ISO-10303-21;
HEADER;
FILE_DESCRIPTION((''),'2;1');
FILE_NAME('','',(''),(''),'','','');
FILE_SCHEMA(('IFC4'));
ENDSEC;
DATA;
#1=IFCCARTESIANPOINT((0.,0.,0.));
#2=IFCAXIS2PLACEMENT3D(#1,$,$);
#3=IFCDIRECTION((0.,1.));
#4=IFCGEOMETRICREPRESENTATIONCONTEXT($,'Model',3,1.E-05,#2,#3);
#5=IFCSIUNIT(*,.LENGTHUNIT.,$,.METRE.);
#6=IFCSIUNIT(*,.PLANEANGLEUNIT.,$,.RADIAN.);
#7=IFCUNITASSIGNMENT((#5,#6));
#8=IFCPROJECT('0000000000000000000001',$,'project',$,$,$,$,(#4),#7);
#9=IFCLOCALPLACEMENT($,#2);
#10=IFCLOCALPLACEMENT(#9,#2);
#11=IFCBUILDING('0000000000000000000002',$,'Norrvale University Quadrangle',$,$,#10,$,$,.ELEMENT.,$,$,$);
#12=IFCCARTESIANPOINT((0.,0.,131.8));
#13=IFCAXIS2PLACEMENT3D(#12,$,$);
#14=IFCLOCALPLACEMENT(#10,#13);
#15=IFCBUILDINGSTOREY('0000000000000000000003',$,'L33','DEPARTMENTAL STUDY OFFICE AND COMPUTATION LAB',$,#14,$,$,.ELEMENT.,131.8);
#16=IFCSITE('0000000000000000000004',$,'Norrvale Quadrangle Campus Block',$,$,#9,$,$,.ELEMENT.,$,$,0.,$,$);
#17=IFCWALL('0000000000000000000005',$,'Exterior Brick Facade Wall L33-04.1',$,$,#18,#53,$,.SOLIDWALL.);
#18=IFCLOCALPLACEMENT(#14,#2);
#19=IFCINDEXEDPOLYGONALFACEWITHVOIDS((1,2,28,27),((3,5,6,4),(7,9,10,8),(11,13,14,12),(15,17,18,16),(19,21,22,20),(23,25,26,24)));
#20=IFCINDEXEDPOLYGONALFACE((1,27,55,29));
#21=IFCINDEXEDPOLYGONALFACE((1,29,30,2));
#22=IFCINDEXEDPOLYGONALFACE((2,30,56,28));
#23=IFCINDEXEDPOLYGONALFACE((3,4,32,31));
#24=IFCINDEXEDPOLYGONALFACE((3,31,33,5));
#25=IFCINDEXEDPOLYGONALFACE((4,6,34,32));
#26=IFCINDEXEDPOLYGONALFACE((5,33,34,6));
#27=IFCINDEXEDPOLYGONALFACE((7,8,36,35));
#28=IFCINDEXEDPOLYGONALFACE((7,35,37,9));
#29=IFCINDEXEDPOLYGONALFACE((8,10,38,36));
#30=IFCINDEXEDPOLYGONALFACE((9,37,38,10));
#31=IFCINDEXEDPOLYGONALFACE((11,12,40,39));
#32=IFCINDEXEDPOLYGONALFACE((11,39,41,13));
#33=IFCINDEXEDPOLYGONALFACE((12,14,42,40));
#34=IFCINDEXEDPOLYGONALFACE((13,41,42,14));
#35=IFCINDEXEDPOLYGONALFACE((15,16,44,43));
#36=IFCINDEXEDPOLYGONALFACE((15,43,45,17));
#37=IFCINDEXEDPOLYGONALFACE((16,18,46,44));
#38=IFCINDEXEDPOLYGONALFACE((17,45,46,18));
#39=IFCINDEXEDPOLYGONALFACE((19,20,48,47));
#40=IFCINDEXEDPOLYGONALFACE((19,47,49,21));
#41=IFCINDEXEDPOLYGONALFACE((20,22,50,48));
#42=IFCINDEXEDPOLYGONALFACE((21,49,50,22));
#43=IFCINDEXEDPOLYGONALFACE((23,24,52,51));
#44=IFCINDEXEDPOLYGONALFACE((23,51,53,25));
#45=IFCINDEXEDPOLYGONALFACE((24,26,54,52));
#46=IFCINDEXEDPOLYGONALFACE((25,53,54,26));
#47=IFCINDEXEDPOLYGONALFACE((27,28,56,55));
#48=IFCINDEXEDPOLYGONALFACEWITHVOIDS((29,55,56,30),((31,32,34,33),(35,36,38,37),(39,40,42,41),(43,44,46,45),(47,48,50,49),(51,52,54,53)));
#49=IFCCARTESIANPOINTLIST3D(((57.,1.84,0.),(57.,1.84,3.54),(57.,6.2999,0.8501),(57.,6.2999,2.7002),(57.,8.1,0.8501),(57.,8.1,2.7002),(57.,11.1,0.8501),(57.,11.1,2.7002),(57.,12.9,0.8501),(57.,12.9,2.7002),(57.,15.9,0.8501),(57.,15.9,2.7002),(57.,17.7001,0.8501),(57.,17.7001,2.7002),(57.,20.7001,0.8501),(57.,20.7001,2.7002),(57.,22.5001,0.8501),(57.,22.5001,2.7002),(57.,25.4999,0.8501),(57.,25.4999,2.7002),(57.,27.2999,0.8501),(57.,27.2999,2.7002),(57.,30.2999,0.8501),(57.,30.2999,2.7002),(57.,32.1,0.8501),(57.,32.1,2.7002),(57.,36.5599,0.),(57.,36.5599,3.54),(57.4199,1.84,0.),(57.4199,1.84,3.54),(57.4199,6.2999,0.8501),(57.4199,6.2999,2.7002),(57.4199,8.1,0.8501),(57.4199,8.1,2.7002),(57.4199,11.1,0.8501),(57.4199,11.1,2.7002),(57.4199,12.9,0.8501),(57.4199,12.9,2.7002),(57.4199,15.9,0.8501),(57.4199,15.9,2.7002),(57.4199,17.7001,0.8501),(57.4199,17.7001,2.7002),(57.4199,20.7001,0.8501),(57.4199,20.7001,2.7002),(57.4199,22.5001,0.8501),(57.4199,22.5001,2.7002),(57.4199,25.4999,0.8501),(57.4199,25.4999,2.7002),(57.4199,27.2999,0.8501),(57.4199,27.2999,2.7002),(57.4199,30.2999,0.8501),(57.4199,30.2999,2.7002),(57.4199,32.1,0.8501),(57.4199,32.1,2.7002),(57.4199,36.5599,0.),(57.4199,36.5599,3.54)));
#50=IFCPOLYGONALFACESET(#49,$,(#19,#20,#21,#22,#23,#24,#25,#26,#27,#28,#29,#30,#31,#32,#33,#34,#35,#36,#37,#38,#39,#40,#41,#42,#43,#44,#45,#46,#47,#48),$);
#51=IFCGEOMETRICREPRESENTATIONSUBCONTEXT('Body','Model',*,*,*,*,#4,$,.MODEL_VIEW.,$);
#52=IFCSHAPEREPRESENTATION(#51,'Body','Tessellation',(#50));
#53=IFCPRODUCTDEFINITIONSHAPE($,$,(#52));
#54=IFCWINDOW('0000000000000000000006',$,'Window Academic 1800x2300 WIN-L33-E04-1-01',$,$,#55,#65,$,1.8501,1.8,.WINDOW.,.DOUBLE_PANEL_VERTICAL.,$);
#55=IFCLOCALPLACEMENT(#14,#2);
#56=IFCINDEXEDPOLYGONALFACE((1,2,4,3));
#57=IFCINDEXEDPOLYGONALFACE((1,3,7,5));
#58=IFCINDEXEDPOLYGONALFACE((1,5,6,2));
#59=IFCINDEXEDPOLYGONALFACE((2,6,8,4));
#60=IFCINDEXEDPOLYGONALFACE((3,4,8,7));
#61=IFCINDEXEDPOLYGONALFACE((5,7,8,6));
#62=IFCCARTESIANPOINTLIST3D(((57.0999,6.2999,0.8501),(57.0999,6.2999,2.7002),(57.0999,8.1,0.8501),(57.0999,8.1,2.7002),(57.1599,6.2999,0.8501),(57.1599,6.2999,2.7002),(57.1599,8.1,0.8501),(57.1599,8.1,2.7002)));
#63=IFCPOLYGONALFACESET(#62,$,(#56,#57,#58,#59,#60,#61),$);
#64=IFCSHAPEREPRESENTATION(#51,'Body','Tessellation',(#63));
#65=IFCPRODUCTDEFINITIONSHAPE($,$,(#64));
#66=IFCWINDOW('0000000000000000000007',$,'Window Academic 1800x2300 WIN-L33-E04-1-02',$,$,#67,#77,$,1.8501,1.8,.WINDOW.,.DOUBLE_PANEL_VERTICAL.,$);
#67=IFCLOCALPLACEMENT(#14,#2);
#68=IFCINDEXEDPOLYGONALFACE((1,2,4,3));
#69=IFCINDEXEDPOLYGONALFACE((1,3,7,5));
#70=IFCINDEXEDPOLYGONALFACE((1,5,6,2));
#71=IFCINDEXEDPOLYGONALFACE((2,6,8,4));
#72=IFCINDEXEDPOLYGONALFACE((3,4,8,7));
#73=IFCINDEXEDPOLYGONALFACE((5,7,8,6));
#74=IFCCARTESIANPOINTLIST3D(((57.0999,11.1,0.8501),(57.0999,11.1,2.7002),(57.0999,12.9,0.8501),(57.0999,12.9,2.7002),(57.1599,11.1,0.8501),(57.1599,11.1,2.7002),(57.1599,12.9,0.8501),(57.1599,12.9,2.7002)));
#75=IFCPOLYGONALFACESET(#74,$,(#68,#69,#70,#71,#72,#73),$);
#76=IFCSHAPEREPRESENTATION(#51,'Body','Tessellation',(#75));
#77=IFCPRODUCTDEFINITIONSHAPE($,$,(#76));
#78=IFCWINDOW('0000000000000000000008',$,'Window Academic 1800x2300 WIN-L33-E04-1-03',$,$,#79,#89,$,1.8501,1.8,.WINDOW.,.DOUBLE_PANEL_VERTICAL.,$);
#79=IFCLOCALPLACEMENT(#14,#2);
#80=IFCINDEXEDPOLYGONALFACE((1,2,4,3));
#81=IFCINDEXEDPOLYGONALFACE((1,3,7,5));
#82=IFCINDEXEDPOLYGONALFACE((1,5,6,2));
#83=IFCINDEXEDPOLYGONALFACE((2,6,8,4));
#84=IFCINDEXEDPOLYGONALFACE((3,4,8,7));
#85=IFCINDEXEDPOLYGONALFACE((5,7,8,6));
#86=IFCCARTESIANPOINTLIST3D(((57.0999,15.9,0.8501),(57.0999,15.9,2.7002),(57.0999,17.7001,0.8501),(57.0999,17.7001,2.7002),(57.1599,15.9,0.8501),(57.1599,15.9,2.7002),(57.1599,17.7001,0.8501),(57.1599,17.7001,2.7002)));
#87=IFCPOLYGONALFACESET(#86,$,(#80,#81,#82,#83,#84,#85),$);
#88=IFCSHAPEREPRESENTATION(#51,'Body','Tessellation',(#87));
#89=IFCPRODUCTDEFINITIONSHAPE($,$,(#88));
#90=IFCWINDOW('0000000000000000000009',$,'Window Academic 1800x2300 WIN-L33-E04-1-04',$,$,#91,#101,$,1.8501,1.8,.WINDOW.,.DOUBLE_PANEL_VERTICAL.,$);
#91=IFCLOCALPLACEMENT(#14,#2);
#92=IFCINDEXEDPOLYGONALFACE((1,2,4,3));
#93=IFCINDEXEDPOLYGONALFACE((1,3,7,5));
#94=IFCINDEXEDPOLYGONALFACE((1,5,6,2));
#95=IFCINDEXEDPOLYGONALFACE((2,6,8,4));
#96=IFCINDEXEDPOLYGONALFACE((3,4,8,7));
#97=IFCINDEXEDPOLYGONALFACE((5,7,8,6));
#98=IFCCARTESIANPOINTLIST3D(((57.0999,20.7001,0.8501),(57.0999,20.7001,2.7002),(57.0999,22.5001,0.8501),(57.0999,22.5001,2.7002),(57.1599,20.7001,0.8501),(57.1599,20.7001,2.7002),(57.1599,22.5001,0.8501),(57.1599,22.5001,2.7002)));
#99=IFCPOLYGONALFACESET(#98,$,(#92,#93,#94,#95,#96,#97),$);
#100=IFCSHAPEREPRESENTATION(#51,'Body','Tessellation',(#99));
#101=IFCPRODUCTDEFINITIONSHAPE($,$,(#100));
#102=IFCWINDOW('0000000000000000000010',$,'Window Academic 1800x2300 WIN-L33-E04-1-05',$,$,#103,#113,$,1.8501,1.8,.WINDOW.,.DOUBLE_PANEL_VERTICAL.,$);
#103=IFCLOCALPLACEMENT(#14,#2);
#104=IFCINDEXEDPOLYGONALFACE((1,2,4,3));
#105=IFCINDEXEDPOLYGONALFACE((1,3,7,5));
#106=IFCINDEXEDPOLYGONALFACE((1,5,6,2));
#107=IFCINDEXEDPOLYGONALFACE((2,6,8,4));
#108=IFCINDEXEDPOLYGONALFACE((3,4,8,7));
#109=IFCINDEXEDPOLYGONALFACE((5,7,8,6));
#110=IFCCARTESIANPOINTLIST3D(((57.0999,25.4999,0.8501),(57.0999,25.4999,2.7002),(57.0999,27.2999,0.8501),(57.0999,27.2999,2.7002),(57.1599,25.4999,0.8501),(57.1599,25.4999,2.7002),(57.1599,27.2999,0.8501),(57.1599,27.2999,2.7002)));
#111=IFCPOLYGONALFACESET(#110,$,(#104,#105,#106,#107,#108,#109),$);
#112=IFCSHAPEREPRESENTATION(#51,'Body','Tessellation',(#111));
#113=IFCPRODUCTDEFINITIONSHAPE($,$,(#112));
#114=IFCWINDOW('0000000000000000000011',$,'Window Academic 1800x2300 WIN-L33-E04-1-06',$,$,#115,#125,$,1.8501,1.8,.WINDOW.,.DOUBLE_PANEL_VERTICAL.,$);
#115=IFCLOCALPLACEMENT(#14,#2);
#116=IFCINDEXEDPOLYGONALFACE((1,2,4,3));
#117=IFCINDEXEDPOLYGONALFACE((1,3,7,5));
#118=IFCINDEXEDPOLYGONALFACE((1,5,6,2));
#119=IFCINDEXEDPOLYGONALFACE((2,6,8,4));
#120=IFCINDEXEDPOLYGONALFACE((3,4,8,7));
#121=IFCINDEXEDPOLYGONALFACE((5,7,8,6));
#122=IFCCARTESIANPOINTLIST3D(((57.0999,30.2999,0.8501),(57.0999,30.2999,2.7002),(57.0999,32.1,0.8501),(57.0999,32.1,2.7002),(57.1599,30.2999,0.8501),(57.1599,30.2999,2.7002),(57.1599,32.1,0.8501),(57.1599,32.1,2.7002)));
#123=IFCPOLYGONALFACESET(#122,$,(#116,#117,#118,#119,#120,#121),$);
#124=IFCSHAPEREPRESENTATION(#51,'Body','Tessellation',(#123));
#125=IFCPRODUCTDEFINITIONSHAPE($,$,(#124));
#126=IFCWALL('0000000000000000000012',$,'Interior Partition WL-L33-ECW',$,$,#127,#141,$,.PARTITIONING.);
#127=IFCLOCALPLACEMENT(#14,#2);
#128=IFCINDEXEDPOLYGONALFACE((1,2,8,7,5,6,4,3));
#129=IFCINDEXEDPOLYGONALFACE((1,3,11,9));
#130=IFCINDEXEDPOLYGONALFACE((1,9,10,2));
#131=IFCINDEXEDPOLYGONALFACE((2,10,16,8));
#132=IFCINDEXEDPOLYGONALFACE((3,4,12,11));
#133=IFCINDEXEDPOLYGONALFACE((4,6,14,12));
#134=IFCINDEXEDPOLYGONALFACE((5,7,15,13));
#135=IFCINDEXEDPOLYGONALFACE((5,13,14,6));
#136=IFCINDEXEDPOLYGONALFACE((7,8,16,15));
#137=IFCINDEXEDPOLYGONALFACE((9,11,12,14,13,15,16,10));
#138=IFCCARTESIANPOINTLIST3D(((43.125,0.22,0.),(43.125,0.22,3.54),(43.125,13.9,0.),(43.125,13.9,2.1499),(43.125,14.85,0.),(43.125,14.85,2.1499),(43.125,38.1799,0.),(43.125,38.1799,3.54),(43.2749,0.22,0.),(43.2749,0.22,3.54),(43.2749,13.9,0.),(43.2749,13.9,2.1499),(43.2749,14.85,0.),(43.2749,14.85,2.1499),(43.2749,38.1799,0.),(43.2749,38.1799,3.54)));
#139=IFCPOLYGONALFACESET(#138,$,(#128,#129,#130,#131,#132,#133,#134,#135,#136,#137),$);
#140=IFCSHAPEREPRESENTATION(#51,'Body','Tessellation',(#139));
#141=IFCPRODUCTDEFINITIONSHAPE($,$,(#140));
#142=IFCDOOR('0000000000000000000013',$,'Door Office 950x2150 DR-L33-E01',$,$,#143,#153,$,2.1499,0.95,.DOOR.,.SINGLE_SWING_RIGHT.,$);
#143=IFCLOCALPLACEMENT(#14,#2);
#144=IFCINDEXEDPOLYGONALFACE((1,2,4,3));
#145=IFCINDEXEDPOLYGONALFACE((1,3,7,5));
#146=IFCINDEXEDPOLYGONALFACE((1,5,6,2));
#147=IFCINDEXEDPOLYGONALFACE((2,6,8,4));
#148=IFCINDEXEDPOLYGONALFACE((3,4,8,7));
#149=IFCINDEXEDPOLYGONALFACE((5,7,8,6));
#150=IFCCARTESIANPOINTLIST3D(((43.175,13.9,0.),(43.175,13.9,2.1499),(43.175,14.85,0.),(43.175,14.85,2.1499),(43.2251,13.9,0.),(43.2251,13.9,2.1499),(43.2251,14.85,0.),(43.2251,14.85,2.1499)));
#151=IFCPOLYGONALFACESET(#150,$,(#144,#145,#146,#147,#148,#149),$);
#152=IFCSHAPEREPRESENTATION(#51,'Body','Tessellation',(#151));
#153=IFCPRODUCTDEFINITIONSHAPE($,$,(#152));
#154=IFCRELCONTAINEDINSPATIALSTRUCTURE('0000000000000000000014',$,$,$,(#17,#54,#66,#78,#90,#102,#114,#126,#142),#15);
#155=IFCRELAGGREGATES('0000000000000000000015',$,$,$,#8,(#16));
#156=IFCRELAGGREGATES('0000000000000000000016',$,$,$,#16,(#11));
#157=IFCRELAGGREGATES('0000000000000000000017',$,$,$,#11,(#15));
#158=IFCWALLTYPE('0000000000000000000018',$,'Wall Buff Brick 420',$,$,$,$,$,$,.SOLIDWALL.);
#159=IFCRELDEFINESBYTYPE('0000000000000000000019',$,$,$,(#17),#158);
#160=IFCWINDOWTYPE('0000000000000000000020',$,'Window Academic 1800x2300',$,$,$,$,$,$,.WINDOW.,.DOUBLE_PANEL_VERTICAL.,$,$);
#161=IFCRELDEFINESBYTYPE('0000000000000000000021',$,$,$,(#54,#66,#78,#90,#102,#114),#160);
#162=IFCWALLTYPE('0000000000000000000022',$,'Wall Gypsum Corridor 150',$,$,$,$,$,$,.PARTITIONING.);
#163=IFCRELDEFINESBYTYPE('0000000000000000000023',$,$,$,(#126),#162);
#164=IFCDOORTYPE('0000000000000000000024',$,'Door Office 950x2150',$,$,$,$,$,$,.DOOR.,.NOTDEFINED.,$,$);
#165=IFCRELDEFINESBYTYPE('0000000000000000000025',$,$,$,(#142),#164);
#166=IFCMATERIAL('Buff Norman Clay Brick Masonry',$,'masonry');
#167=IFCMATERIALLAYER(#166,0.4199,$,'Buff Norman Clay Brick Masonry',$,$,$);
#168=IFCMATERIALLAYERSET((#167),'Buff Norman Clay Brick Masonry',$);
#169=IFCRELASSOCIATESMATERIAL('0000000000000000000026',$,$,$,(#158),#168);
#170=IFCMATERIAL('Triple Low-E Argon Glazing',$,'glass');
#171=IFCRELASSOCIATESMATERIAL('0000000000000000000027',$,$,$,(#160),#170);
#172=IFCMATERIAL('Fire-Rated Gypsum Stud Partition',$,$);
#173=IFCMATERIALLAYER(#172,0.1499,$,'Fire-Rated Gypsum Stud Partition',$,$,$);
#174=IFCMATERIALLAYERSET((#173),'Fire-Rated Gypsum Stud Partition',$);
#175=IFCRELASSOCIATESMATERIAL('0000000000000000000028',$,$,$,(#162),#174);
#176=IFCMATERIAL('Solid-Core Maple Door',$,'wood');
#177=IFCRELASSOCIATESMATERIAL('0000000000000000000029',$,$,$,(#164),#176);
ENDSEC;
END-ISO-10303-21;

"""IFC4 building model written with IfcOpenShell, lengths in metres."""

from ifc_helpers import new_model, si_unit, direction, frame, frame_2d, origin, place, context, subcontext, project, spatial, rectangle, extrude, material, layer, layer_set, type_object, element, fill, save


model = new_model("IFC4")

# Units and contexts
model_context = context("Model", 3, precision=1e-05, world=origin(), true_north=direction((0.0, 1.0)))
body_context = subcontext(model_context, "Body", "Model", "MODEL_VIEW")
ifc_project = project(units=[si_unit("LENGTHUNIT", "METRE"), si_unit("PLANEANGLEUNIT", "RADIAN")], contexts=[model_context])

# Site, building, storey
site_placement = place(None, origin())
site = spatial("IfcSite", under=ifc_project, at=site_placement, Name="Norrvale Quadrangle Campus Block", CompositionType="ELEMENT", RefElevation=0.0)
building_placement = place(site_placement, origin())
building = spatial("IfcBuilding", under=site, at=building_placement, Name="Norrvale University Quadrangle", CompositionType="ELEMENT")
storey_placement = place(building_placement, frame((0.0, 0.0, 131.8)))
storey = spatial("IfcBuildingStorey", under=building, at=storey_placement, Name="L33", Description="DEPARTMENTAL STUDY OFFICE AND COMPUTATION LAB", CompositionType="ELEMENT", Elevation=131.8)

# Shared definitions
ifc_material_1 = material(Name="Buff Norman Clay Brick Masonry", Category="masonry")
ifc_layer_1 = layer(ifc_material_1, 0.4199, Name="Buff Norman Clay Brick Masonry")
ifc_layer_set_1 = layer_set([ifc_layer_1], Name="Buff Norman Clay Brick Masonry")
wall_type_1 = type_object("IfcWallType", Name="Wall Buff Brick 420", PredefinedType="SOLIDWALL", material=ifc_layer_set_1)

# Wall, openings, windows
wall_1_placement = place(storey_placement, frame((57.21, 1.8401, 0.0), z_axis=(0.0, 0.0, 1.0), x_axis=(0.0, 1.0, 0.0)))
wall_1 = element("IfcWall", 1, at=wall_1_placement, inside=storey, type_object=wall_type_1, Name="Exterior Brick Facade Wall L33-04.1", PredefinedType="SOLIDWALL", context=body_context, shape_type="SweptSolid", body=[
    extrude(rectangle(XDim=34.72, YDim=0.4199, at=frame_2d((17.3599, 0.0))), origin(), (0.0, 0.0, 1.0), 3.54),
])
opening_1_placement = place(wall_1_placement, frame((4.46, 0.0, 0.8501)))
opening_1 = element("IfcOpeningElement", 2, at=opening_1_placement, cuts=wall_1, PredefinedType="OPENING", context=body_context, shape_type="SweptSolid", body=[
    extrude(rectangle(XDim=1.8, YDim=1.8501, at=frame_2d((0.8999, 0.925))), frame((0.0, 0.2219, 0.0), z_axis=(0.0, -1.0, 0.0), x_axis=(1.0, 0.0, 0.0)), (0.0, 0.0, 1.0), 0.4438),
])
opening_2_placement = place(wall_1_placement, frame((9.26, 0.0, 0.8501)))
opening_2 = element("IfcOpeningElement", 3, at=opening_2_placement, cuts=wall_1, PredefinedType="OPENING", context=body_context, shape_type="SweptSolid", body=[
    extrude(rectangle(XDim=1.8, YDim=1.8501, at=frame_2d((0.8999, 0.925))), frame((0.0, 0.2219, 0.0), z_axis=(0.0, -1.0, 0.0), x_axis=(1.0, 0.0, 0.0)), (0.0, 0.0, 1.0), 0.4438),
])
opening_3_placement = place(wall_1_placement, frame((14.0601, 0.0, 0.8501)))
opening_3 = element("IfcOpeningElement", 4, at=opening_3_placement, cuts=wall_1, PredefinedType="OPENING", context=body_context, shape_type="SweptSolid", body=[
    extrude(rectangle(XDim=1.8, YDim=1.8501, at=frame_2d((0.8999, 0.925))), frame((0.0, 0.2219, 0.0), z_axis=(0.0, -1.0, 0.0), x_axis=(1.0, 0.0, 0.0)), (0.0, 0.0, 1.0), 0.4438),
])
opening_4_placement = place(wall_1_placement, frame((18.8601, 0.0, 0.8501)))
opening_4 = element("IfcOpeningElement", 5, at=opening_4_placement, cuts=wall_1, PredefinedType="OPENING", context=body_context, shape_type="SweptSolid", body=[
    extrude(rectangle(XDim=1.8, YDim=1.8501, at=frame_2d((0.8999, 0.925))), frame((0.0, 0.2219, 0.0), z_axis=(0.0, -1.0, 0.0), x_axis=(1.0, 0.0, 0.0)), (0.0, 0.0, 1.0), 0.4438),
])
opening_5_placement = place(wall_1_placement, frame((23.6599, 0.0, 0.8501)))
opening_5 = element("IfcOpeningElement", 6, at=opening_5_placement, cuts=wall_1, PredefinedType="OPENING", context=body_context, shape_type="SweptSolid", body=[
    extrude(rectangle(XDim=1.8, YDim=1.8501, at=frame_2d((0.8999, 0.925))), frame((0.0, 0.2219, 0.0), z_axis=(0.0, -1.0, 0.0), x_axis=(1.0, 0.0, 0.0)), (0.0, 0.0, 1.0), 0.4438),
])
opening_6_placement = place(wall_1_placement, frame((28.46, 0.0, 0.8501)))
opening_6 = element("IfcOpeningElement", 7, at=opening_6_placement, cuts=wall_1, PredefinedType="OPENING", context=body_context, shape_type="SweptSolid", body=[
    extrude(rectangle(XDim=1.8, YDim=1.8501, at=frame_2d((0.8999, 0.925))), frame((0.0, 0.2219, 0.0), z_axis=(0.0, -1.0, 0.0), x_axis=(1.0, 0.0, 0.0)), (0.0, 0.0, 1.0), 0.4438),
])
ifc_material_2 = material(Name="Triple Low-E Argon Glazing", Category="glass")
window_type = type_object("IfcWindowType", Name="Window Academic 1800x2300", PartitioningType="DOUBLE_PANEL_VERTICAL", PredefinedType="WINDOW", material=ifc_material_2)
window_1_placement = place(opening_1_placement, origin())
window_1 = element("IfcWindow", 8, at=window_1_placement, inside=storey, type_object=window_type, Name="Window Academic 1800x2300 WIN-L33-E04-1-01", OverallHeight=1.8501, OverallWidth=1.8, PartitioningType="DOUBLE_PANEL_VERTICAL", PredefinedType="WINDOW", context=body_context, shape_type="SweptSolid", body=[
    extrude(rectangle(XDim=1.8, YDim=1.8501, at=frame_2d((0.8999, 0.925))), frame((0.0, 0.1101, 0.0), z_axis=(0.0, -1.0, 0.0), x_axis=(1.0, 0.0, 0.0)), (0.0, 0.0, 1.0), 0.0601),
])
fill(opening_1, window_1)
window_2_placement = place(opening_2_placement, origin())
window_2 = element("IfcWindow", 9, at=window_2_placement, inside=storey, type_object=window_type, Name="Window Academic 1800x2300 WIN-L33-E04-1-02", OverallHeight=1.8501, OverallWidth=1.8, PartitioningType="DOUBLE_PANEL_VERTICAL", PredefinedType="WINDOW", context=body_context, shape_type="SweptSolid", body=[
    extrude(rectangle(XDim=1.8, YDim=1.8501, at=frame_2d((0.8999, 0.925))), frame((0.0, 0.1101, 0.0), z_axis=(0.0, -1.0, 0.0), x_axis=(1.0, 0.0, 0.0)), (0.0, 0.0, 1.0), 0.0601),
])
fill(opening_2, window_2)
window_3_placement = place(opening_3_placement, origin())
window_3 = element("IfcWindow", 10, at=window_3_placement, inside=storey, type_object=window_type, Name="Window Academic 1800x2300 WIN-L33-E04-1-03", OverallHeight=1.8501, OverallWidth=1.8, PartitioningType="DOUBLE_PANEL_VERTICAL", PredefinedType="WINDOW", context=body_context, shape_type="SweptSolid", body=[
    extrude(rectangle(XDim=1.8, YDim=1.8501, at=frame_2d((0.8999, 0.925))), frame((0.0, 0.1101, 0.0), z_axis=(0.0, -1.0, 0.0), x_axis=(1.0, 0.0, 0.0)), (0.0, 0.0, 1.0), 0.0601),
])
fill(opening_3, window_3)
window_4_placement = place(opening_4_placement, origin())
window_4 = element("IfcWindow", 11, at=window_4_placement, inside=storey, type_object=window_type, Name="Window Academic 1800x2300 WIN-L33-E04-1-04", OverallHeight=1.8501, OverallWidth=1.8, PartitioningType="DOUBLE_PANEL_VERTICAL", PredefinedType="WINDOW", context=body_context, shape_type="SweptSolid", body=[
    extrude(rectangle(XDim=1.8, YDim=1.8501, at=frame_2d((0.8999, 0.925))), frame((0.0, 0.1101, 0.0), z_axis=(0.0, -1.0, 0.0), x_axis=(1.0, 0.0, 0.0)), (0.0, 0.0, 1.0), 0.0601),
])
fill(opening_4, window_4)
window_5_placement = place(opening_5_placement, origin())
window_5 = element("IfcWindow", 12, at=window_5_placement, inside=storey, type_object=window_type, Name="Window Academic 1800x2300 WIN-L33-E04-1-05", OverallHeight=1.8501, OverallWidth=1.8, PartitioningType="DOUBLE_PANEL_VERTICAL", PredefinedType="WINDOW", context=body_context, shape_type="SweptSolid", body=[
    extrude(rectangle(XDim=1.8, YDim=1.8501, at=frame_2d((0.8999, 0.925))), frame((0.0, 0.1101, 0.0), z_axis=(0.0, -1.0, 0.0), x_axis=(1.0, 0.0, 0.0)), (0.0, 0.0, 1.0), 0.0601),
])
fill(opening_5, window_5)
window_6_placement = place(opening_6_placement, origin())
window_6 = element("IfcWindow", 13, at=window_6_placement, inside=storey, type_object=window_type, Name="Window Academic 1800x2300 WIN-L33-E04-1-06", OverallHeight=1.8501, OverallWidth=1.8, PartitioningType="DOUBLE_PANEL_VERTICAL", PredefinedType="WINDOW", context=body_context, shape_type="SweptSolid", body=[
    extrude(rectangle(XDim=1.8, YDim=1.8501, at=frame_2d((0.8999, 0.925))), frame((0.0, 0.1101, 0.0), z_axis=(0.0, -1.0, 0.0), x_axis=(1.0, 0.0, 0.0)), (0.0, 0.0, 1.0), 0.0601),
])
fill(opening_6, window_6)

# Wall, opening, door
ifc_material_3 = material(Name="Fire-Rated Gypsum Stud Partition")
ifc_layer_2 = layer(ifc_material_3, 0.1499, Name="Fire-Rated Gypsum Stud Partition")
ifc_layer_set_2 = layer_set([ifc_layer_2], Name="Fire-Rated Gypsum Stud Partition")
wall_type_2 = type_object("IfcWallType", Name="Wall Gypsum Corridor 150", PredefinedType="PARTITIONING", material=ifc_layer_set_2)
wall_2_placement = place(storey_placement, frame((43.2, 0.22, 0.0), z_axis=(0.0, 0.0, 1.0), x_axis=(0.0, 1.0, 0.0)))
wall_2 = element("IfcWall", 14, at=wall_2_placement, inside=storey, type_object=wall_type_2, Name="Interior Partition WL-L33-ECW", PredefinedType="PARTITIONING", context=body_context, shape_type="SweptSolid", body=[
    extrude(rectangle(XDim=37.96, YDim=0.1499, at=frame_2d((18.98, 0.0))), origin(), (0.0, 0.0, 1.0), 3.54),
])
opening_7_placement = place(wall_2_placement, frame((13.6799, 0.0, 0.0)))
opening_7 = element("IfcOpeningElement", 15, at=opening_7_placement, cuts=wall_2, PredefinedType="OPENING", context=body_context, shape_type="SweptSolid", body=[
    extrude(rectangle(XDim=0.95, YDim=2.1499, at=frame_2d((0.4751, 1.075))), frame((0.0, 0.0869, 0.0), z_axis=(0.0, -1.0, 0.0), x_axis=(1.0, 0.0, 0.0)), (0.0, 0.0, 1.0), 0.1738),
])
ifc_material_4 = material(Name="Solid-Core Maple Door", Category="wood")
door_type = type_object("IfcDoorType", Name="Door Office 950x2150", OperationType="NOTDEFINED", PredefinedType="DOOR", material=ifc_material_4)
door_placement = place(opening_7_placement, origin())
door = element("IfcDoor", 16, at=door_placement, inside=storey, type_object=door_type, Name="Door Office 950x2150 DR-L33-E01", OperationType="SINGLE_SWING_RIGHT", OverallHeight=2.1499, OverallWidth=0.95, PredefinedType="DOOR", context=body_context, shape_type="SweptSolid", body=[
    extrude(rectangle(XDim=0.95, YDim=2.1499, at=frame_2d((0.4751, 1.075))), frame((0.0, 0.0249, 0.0), z_axis=(0.0, -1.0, 0.0), x_axis=(1.0, 0.0, 0.0)), (0.0, 0.0, 1.0), 0.05),
])
fill(opening_7, door)

save(model, "model.ifc")
